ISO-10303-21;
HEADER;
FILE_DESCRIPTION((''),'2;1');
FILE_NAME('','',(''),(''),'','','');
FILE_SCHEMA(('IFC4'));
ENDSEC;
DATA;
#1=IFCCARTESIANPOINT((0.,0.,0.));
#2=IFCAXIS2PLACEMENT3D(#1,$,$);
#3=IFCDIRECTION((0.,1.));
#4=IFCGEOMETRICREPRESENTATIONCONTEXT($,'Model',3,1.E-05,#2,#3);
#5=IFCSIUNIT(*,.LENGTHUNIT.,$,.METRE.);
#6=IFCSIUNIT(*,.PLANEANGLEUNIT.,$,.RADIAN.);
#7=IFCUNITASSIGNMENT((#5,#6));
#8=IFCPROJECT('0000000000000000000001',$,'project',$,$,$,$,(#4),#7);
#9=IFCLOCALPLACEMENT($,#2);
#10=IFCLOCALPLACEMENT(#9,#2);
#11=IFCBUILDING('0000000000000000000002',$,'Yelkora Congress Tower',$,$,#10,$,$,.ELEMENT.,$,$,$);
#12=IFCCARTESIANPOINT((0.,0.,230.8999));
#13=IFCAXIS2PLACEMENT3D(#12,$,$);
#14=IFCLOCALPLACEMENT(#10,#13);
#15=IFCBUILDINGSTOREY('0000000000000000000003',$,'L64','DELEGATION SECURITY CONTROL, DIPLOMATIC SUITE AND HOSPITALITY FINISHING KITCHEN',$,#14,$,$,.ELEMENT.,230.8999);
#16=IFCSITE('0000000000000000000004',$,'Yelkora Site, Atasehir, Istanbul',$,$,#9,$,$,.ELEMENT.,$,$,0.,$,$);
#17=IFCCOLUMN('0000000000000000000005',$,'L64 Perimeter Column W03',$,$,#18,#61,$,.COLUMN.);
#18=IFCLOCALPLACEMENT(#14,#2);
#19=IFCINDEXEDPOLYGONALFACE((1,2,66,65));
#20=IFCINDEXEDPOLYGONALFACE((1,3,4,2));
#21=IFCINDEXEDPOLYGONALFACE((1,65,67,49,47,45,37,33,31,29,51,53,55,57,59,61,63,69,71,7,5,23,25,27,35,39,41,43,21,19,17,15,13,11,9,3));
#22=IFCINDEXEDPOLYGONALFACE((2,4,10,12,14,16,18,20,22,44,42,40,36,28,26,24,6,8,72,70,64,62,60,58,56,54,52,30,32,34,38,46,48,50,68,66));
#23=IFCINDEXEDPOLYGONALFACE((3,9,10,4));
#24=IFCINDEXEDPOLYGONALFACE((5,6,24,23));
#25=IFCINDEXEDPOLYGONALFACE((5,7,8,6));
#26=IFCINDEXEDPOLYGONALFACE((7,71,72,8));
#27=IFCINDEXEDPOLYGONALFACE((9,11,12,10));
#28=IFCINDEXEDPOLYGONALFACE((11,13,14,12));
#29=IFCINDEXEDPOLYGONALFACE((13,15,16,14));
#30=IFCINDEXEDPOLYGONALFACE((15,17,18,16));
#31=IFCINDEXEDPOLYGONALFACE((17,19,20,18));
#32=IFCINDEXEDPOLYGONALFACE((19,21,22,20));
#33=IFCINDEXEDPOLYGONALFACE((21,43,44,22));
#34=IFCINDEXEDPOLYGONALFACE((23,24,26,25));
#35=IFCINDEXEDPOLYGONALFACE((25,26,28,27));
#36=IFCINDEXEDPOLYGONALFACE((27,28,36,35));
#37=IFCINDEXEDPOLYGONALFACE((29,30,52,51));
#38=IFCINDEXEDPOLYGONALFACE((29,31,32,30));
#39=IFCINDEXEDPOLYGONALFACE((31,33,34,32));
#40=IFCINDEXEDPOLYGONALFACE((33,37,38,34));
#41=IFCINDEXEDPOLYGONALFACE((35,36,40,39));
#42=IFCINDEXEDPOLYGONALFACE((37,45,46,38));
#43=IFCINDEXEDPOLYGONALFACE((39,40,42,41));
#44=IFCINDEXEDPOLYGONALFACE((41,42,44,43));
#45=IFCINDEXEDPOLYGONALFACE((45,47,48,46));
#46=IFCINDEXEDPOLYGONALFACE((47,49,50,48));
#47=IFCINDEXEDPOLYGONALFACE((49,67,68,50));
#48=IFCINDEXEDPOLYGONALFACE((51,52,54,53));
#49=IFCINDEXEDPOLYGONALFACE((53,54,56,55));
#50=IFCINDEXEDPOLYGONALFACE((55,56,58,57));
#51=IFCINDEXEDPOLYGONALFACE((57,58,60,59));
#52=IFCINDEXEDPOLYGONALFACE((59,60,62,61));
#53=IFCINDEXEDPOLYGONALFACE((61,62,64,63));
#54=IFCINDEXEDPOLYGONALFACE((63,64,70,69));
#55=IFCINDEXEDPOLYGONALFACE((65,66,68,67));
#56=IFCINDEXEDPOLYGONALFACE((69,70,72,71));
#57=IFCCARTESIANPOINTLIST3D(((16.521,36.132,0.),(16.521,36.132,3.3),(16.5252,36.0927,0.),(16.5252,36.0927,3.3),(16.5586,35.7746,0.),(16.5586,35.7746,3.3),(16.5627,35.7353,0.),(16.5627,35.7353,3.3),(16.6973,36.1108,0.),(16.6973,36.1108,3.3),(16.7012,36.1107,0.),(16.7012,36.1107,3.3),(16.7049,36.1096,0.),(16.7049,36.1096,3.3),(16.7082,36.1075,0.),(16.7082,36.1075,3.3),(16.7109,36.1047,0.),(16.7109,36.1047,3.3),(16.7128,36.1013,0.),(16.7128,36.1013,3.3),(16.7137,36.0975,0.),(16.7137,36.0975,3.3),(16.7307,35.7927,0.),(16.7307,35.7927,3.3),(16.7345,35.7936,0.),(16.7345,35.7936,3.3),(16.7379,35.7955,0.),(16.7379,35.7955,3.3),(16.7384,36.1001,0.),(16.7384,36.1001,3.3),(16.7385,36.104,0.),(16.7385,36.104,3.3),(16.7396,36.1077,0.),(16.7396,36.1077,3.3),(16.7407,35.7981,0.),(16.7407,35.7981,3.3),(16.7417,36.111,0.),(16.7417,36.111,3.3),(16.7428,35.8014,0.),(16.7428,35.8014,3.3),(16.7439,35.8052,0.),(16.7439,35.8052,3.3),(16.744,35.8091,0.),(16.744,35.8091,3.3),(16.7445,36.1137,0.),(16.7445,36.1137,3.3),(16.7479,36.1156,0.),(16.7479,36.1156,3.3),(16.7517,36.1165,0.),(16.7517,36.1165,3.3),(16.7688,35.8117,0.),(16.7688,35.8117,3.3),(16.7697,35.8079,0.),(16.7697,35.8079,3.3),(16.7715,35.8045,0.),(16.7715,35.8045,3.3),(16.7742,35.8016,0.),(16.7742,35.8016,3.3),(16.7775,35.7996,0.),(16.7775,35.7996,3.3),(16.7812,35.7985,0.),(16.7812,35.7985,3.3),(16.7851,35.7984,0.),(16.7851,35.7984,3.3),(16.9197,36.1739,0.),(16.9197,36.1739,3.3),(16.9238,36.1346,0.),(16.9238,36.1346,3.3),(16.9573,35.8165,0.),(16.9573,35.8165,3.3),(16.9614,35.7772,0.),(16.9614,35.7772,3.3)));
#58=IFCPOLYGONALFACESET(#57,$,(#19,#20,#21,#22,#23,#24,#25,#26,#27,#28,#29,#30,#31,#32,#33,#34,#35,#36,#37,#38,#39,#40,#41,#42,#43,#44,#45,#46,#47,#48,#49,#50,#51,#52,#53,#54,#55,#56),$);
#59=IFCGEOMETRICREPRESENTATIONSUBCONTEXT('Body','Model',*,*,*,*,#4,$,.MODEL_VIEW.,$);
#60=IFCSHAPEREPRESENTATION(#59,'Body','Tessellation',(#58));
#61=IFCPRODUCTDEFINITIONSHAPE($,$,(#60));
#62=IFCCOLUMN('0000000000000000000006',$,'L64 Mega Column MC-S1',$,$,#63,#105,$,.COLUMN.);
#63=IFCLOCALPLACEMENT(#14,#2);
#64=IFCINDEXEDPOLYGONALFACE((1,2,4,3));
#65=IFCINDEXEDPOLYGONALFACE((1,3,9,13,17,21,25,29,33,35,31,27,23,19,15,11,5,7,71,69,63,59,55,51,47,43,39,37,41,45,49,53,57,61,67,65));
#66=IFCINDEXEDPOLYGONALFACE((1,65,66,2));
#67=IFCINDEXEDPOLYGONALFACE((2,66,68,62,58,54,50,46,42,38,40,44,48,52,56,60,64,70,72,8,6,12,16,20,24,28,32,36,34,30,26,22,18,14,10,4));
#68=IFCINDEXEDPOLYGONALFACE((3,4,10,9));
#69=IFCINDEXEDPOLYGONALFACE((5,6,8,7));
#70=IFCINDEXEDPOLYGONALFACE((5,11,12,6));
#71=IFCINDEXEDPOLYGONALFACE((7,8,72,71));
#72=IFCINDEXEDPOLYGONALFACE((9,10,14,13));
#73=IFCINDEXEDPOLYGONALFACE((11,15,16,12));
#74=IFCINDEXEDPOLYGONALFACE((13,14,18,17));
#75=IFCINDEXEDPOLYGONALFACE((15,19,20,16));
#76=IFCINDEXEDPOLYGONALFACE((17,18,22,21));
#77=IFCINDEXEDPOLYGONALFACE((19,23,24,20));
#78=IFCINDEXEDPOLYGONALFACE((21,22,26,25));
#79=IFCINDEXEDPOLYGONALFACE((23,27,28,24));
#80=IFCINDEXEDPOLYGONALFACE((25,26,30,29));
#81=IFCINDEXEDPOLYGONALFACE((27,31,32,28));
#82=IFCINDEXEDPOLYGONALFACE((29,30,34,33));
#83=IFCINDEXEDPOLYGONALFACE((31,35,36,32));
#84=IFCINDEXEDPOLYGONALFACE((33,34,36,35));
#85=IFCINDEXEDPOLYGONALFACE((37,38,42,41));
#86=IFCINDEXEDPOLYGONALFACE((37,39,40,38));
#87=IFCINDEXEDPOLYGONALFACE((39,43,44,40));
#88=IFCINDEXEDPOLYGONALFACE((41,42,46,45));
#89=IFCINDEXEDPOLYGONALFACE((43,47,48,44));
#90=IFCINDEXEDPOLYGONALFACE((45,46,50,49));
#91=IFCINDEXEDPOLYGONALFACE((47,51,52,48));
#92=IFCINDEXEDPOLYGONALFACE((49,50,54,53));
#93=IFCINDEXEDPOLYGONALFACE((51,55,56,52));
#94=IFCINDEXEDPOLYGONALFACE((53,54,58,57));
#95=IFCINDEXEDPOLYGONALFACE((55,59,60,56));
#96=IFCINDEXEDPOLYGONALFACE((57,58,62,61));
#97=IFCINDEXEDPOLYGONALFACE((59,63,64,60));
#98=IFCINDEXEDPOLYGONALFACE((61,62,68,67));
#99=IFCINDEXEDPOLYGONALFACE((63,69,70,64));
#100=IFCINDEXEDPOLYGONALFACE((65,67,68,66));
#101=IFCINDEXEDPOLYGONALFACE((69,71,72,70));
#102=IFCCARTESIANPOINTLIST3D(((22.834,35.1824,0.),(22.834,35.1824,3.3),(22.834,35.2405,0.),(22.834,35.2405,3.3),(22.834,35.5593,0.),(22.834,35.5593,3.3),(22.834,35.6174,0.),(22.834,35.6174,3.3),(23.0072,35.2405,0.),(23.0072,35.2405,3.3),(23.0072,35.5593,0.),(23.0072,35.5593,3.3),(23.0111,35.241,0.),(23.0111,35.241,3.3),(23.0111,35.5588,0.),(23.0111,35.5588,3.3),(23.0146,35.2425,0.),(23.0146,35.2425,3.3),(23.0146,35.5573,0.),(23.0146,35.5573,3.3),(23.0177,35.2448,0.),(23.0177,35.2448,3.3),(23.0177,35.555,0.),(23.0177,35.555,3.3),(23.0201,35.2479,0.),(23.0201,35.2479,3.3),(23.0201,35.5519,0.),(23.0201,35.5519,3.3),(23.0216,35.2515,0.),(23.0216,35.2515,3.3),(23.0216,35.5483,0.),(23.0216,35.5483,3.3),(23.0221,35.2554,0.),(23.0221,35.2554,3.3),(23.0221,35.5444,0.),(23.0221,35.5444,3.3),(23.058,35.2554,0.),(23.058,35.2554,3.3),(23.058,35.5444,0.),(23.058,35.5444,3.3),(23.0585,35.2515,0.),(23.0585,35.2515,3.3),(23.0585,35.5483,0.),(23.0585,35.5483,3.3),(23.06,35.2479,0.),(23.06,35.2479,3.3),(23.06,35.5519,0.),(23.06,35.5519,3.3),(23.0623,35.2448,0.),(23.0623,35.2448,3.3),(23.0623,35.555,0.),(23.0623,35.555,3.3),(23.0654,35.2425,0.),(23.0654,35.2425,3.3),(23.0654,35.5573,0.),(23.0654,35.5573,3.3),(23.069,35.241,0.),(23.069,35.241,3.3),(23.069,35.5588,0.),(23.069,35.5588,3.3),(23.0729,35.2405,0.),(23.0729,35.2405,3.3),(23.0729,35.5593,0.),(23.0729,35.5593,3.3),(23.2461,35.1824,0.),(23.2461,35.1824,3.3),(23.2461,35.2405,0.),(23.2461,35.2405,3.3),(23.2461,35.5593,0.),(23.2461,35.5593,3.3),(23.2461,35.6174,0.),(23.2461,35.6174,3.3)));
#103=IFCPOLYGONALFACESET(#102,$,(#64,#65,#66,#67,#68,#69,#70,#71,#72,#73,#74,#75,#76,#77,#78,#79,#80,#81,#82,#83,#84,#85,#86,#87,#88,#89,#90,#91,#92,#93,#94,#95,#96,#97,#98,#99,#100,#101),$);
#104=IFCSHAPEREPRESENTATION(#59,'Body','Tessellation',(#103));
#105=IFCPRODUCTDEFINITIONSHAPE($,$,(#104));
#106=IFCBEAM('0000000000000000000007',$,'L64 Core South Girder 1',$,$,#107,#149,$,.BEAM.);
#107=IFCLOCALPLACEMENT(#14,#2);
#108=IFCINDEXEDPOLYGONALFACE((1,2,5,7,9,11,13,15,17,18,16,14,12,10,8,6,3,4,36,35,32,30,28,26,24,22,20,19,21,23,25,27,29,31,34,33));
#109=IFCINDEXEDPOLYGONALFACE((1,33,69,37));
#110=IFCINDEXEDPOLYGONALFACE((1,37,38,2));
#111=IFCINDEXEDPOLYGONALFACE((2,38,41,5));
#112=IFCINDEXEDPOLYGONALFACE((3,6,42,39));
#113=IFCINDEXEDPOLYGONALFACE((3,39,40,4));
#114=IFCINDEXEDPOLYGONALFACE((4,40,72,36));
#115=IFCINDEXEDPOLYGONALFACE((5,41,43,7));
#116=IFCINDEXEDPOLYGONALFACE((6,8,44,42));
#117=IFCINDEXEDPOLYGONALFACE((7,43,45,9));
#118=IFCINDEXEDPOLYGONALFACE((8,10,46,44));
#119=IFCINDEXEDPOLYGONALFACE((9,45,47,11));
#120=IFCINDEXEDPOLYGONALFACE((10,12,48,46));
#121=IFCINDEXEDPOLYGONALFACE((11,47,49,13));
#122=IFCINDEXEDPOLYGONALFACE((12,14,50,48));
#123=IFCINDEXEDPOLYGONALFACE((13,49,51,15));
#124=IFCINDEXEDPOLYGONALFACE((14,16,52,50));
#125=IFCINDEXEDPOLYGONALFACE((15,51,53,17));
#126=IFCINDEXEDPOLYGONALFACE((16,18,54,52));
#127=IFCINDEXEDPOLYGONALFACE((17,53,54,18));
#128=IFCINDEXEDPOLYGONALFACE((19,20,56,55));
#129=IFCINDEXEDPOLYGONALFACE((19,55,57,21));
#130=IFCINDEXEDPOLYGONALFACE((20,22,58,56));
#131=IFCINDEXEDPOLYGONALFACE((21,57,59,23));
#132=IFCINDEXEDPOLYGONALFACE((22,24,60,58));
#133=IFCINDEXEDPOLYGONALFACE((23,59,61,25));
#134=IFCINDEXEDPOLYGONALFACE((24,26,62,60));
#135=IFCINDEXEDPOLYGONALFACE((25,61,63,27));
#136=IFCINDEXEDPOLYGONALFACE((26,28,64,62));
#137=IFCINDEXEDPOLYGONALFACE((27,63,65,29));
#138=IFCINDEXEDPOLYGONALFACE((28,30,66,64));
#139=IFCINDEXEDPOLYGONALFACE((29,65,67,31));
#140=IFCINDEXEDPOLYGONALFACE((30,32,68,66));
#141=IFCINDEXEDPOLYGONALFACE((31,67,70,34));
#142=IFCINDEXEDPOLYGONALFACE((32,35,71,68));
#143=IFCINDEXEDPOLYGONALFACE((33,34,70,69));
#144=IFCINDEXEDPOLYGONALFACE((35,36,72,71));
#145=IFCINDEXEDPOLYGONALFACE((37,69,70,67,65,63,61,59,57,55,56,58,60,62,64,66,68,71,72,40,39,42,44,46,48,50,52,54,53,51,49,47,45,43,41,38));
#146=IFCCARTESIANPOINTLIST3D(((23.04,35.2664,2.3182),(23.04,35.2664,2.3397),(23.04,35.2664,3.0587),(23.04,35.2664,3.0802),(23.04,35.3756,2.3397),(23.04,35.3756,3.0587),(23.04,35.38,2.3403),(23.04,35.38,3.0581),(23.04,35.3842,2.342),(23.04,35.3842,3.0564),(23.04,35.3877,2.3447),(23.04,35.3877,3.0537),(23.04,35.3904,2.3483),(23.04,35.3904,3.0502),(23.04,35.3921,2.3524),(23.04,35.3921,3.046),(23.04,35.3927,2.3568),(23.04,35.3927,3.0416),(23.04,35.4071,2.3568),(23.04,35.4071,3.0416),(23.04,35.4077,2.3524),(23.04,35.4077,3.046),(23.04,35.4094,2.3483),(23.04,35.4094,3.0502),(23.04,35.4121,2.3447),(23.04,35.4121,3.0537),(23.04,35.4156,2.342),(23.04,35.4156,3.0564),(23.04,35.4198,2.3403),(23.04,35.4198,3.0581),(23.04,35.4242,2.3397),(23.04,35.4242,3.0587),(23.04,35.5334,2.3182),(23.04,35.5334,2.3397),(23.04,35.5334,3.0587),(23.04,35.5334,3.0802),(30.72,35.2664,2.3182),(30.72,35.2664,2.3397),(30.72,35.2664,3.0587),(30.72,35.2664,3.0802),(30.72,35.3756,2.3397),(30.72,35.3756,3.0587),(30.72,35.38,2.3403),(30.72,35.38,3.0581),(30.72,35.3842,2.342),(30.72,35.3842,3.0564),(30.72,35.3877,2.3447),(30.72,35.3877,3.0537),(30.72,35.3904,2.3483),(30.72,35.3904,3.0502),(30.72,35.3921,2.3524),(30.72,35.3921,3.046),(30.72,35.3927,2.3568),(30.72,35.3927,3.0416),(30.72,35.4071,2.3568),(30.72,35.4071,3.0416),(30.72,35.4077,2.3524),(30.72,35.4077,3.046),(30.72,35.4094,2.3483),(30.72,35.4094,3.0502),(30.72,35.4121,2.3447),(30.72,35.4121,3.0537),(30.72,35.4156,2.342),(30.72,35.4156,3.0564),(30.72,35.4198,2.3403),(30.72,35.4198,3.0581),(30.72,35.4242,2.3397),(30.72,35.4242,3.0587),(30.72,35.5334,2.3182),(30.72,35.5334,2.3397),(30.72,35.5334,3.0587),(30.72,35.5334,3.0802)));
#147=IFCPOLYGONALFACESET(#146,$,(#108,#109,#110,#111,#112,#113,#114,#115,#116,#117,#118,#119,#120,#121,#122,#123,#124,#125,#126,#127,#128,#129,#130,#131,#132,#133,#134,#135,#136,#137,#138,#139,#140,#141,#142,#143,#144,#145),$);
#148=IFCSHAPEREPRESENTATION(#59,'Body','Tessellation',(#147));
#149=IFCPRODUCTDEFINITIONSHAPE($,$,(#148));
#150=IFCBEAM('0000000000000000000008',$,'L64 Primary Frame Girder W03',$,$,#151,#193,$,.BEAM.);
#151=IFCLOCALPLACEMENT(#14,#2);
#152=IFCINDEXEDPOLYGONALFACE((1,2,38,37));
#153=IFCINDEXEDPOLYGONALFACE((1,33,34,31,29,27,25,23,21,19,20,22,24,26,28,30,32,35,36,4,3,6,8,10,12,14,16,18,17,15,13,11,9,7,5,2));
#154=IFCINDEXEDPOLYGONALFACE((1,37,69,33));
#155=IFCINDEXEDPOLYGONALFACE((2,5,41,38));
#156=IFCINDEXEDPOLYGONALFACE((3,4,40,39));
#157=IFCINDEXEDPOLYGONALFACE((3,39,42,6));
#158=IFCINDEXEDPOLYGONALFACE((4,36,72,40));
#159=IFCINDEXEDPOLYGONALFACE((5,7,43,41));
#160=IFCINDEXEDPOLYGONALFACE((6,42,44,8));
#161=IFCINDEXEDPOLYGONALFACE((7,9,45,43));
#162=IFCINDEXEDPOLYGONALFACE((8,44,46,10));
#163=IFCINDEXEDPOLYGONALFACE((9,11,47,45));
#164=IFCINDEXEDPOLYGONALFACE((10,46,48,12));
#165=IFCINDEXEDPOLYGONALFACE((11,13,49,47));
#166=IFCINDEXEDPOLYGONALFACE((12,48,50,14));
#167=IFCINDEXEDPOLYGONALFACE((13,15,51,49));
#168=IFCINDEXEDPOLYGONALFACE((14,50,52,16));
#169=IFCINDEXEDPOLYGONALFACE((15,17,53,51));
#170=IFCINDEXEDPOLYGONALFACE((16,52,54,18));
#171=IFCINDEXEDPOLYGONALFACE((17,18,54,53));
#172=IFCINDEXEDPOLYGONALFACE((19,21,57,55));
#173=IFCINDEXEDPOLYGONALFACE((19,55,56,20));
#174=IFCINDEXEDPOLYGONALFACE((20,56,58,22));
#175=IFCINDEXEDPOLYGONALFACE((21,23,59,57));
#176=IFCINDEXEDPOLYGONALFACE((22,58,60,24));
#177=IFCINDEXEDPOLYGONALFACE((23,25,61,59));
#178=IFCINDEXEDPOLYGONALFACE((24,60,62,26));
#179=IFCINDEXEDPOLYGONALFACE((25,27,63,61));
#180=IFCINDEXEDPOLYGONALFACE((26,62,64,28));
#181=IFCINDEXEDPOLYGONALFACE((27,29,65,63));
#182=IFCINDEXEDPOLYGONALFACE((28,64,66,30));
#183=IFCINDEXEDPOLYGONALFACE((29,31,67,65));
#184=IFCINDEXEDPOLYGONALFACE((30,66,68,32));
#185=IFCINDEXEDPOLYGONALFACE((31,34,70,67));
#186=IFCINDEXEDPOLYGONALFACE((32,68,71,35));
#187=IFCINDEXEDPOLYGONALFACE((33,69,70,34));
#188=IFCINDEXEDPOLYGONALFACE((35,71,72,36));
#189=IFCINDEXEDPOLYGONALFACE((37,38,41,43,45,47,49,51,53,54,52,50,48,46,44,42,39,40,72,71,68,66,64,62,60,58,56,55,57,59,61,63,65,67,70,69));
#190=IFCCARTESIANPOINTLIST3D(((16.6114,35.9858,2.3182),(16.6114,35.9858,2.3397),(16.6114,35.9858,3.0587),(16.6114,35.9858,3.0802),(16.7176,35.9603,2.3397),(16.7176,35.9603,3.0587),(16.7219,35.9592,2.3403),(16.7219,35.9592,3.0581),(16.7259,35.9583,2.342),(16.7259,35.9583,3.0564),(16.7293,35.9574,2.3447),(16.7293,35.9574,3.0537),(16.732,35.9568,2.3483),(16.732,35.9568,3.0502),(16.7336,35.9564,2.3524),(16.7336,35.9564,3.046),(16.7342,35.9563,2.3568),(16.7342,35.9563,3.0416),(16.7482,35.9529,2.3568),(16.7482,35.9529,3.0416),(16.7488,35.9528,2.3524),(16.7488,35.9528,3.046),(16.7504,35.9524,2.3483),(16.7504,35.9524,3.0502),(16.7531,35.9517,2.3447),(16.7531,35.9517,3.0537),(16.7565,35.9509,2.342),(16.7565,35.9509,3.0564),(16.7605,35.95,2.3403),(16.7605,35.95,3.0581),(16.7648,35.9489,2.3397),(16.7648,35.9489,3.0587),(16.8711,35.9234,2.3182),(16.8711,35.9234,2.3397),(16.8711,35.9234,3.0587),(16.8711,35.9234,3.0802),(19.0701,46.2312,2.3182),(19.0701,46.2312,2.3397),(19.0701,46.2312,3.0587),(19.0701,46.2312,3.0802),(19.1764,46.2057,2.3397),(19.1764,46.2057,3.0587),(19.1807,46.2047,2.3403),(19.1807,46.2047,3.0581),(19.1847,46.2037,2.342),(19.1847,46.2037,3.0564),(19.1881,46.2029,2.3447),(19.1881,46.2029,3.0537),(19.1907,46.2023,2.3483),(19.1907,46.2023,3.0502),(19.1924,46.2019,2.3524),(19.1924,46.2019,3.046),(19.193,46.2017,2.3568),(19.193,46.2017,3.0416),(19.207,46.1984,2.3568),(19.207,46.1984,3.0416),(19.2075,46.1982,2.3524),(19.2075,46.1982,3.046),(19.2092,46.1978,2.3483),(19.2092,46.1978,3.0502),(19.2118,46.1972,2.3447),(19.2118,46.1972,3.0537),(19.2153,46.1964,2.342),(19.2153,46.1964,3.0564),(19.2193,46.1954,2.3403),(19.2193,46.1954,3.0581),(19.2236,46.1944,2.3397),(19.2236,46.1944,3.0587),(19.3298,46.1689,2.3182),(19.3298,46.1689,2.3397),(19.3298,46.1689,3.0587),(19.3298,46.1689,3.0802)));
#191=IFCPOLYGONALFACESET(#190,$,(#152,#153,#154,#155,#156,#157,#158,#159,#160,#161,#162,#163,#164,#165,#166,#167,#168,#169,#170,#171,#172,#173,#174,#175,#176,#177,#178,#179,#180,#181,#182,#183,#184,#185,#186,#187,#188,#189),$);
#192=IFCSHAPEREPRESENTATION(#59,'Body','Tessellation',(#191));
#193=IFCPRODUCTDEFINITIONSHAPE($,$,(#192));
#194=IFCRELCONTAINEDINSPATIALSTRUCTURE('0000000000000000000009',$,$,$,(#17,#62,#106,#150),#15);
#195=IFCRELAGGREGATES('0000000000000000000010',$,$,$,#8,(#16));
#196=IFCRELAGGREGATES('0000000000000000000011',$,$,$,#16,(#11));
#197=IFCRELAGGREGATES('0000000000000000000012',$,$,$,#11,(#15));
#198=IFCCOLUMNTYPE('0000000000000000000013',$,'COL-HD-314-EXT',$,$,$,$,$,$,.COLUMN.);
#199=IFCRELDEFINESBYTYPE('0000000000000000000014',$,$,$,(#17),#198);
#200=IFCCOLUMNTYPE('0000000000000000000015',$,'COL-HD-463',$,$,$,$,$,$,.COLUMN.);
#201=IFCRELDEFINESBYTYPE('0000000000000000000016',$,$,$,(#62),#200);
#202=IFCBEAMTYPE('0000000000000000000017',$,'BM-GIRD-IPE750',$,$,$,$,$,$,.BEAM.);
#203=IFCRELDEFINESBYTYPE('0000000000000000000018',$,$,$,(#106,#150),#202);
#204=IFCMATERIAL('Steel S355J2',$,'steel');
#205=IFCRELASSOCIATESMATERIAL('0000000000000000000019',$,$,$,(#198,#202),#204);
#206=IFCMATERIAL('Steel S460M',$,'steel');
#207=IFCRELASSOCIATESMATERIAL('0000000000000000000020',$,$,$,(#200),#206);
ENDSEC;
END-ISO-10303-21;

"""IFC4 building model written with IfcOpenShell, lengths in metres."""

from ifc_helpers import new_model, si_unit, direction, frame, origin, origin_2d, place, context, subcontext, project, spatial, i_section, extrude, material, material_profile, profile_set, type_object, element, save


model = new_model("IFC4")

# Units and contexts
model_context = context("Model", 3, precision=1e-05, world=origin(), true_north=direction((0.0, 1.0)))
body_context = subcontext(model_context, "Body", "Model", "MODEL_VIEW")
ifc_project = project(units=[si_unit("LENGTHUNIT", "METRE"), si_unit("PLANEANGLEUNIT", "RADIAN")], contexts=[model_context])

# Site, building, storey
site_placement = place(None, origin())
site = spatial("IfcSite", under=ifc_project, at=site_placement, Name="Yelkora Site, Atasehir, Istanbul", CompositionType="ELEMENT", RefElevation=0.0)
building_placement = place(site_placement, origin())
building = spatial("IfcBuilding", under=site, at=building_placement, Name="Yelkora Congress Tower", CompositionType="ELEMENT")
storey_placement = place(building_placement, frame((0.0, 0.0, 230.8999)))
storey = spatial("IfcBuildingStorey", under=building, at=storey_placement, Name="L64", Description="DELEGATION SECURITY CONTROL, DIPLOMATIC SUITE AND HOSPITALITY FINISHING KITCHEN", CompositionType="ELEMENT", Elevation=230.8999)

# Columns
ifc_material_1 = material(Name="Steel S355J2", Category="steel")
ifc_material_profile_1 = material_profile(ifc_material_1, i_section(OverallWidth=0.4009, OverallDepth=0.3989, WebThickness=0.0249, FlangeThickness=0.0396, FilletRadius=0.0149, at=origin_2d()), Name="HD 400x314")
ifc_profile_set_1 = profile_set([ifc_material_profile_1], Name="Steel S355J2")
column_type_1 = type_object("IfcColumnType", Name="COL-HD-314-EXT", PredefinedType="COLUMN", material=ifc_profile_set_1)
column_1_placement = place(storey_placement, frame((16.7412, 35.9546, 0.0), z_axis=(0.0, 0.0, 1.0), x_axis=(0.994522, 0.104528, 0.0)))
element("IfcColumn", 1, at=column_1_placement, inside=storey, type_object=column_type_1, Name="L64 Perimeter Column W03", PredefinedType="COLUMN", context=body_context, shape_type="SweptSolid", body=[
    extrude(i_section(OverallWidth=0.4009, OverallDepth=0.3989, WebThickness=0.0249, FlangeThickness=0.0396, FilletRadius=0.0149, at=origin_2d()), origin(), (0.0, 0.0, 1.0), 3.3),
])
ifc_material_2 = material(Name="Steel S460M", Category="steel")
ifc_material_profile_2 = material_profile(ifc_material_2, i_section(OverallWidth=0.4121, OverallDepth=0.4351, WebThickness=0.0359, FlangeThickness=0.0581, FilletRadius=0.0149, at=origin_2d()), Name="HD 400x463")
ifc_profile_set_2 = profile_set([ifc_material_profile_2], Name="Steel S460M")
column_type_2 = type_object("IfcColumnType", Name="COL-HD-463", PredefinedType="COLUMN", material=ifc_profile_set_2)
column_2_placement = place(storey_placement, frame((23.04, 35.3999, 0.0), z_axis=(0.0, 0.0, 1.0), x_axis=(1.0, 0.0, 0.0)))
element("IfcColumn", 2, at=column_2_placement, inside=storey, type_object=column_type_2, Name="L64 Mega Column MC-S1", PredefinedType="COLUMN", context=body_context, shape_type="SweptSolid", body=[
    extrude(i_section(OverallWidth=0.4121, OverallDepth=0.4351, WebThickness=0.0359, FlangeThickness=0.0581, FilletRadius=0.0149, at=origin_2d()), origin(), (0.0, 0.0, 1.0), 3.3),
])

# Beams
ifc_material_profile_3 = material_profile(ifc_material_1, i_section(OverallWidth=0.2671, OverallDepth=0.762, WebThickness=0.0144, FlangeThickness=0.0215, FilletRadius=0.0171, at=origin_2d()), Name="IPE 750x173")
ifc_profile_set_3 = profile_set([ifc_material_profile_3], Name="Steel S355J2")
beam_type_1 = type_object("IfcBeamType", Name="BM-GIRD-IPE750", PredefinedType="BEAM", material=ifc_profile_set_3)
beam_1_placement = place(storey_placement, frame((23.04, 35.3999, 2.6992), z_axis=(1.0, 0.0, 0.0), x_axis=(0.0, 1.0, 0.0)))
element("IfcBeam", 3, at=beam_1_placement, inside=storey, type_object=beam_type_1, Name="L64 Core South Girder 1", PredefinedType="BEAM", context=body_context, shape_type="SweptSolid", body=[
    extrude(i_section(OverallWidth=0.2671, OverallDepth=0.762, WebThickness=0.0144, FlangeThickness=0.0215, FilletRadius=0.0171, at=origin_2d()), origin(), (0.0, 0.0, 1.0), 7.6799),
])
beam_2_placement = place(storey_placement, frame((16.7412, 35.9546, 2.6992), z_axis=(0.23336, 0.97239, 0.0), x_axis=(-0.97239, 0.23336, 0.0)))
element("IfcBeam", 4, at=beam_2_placement, inside=storey, type_object=beam_type_1, Name="L64 Primary Frame Girder W03", PredefinedType="BEAM", context=body_context, shape_type="SweptSolid", body=[
    extrude(i_section(OverallWidth=0.2671, OverallDepth=0.762, WebThickness=0.0144, FlangeThickness=0.0215, FilletRadius=0.0171, at=origin_2d()), origin(), (0.0, 0.0, 1.0), 10.5364),
])

save(model, "model.ifc")
